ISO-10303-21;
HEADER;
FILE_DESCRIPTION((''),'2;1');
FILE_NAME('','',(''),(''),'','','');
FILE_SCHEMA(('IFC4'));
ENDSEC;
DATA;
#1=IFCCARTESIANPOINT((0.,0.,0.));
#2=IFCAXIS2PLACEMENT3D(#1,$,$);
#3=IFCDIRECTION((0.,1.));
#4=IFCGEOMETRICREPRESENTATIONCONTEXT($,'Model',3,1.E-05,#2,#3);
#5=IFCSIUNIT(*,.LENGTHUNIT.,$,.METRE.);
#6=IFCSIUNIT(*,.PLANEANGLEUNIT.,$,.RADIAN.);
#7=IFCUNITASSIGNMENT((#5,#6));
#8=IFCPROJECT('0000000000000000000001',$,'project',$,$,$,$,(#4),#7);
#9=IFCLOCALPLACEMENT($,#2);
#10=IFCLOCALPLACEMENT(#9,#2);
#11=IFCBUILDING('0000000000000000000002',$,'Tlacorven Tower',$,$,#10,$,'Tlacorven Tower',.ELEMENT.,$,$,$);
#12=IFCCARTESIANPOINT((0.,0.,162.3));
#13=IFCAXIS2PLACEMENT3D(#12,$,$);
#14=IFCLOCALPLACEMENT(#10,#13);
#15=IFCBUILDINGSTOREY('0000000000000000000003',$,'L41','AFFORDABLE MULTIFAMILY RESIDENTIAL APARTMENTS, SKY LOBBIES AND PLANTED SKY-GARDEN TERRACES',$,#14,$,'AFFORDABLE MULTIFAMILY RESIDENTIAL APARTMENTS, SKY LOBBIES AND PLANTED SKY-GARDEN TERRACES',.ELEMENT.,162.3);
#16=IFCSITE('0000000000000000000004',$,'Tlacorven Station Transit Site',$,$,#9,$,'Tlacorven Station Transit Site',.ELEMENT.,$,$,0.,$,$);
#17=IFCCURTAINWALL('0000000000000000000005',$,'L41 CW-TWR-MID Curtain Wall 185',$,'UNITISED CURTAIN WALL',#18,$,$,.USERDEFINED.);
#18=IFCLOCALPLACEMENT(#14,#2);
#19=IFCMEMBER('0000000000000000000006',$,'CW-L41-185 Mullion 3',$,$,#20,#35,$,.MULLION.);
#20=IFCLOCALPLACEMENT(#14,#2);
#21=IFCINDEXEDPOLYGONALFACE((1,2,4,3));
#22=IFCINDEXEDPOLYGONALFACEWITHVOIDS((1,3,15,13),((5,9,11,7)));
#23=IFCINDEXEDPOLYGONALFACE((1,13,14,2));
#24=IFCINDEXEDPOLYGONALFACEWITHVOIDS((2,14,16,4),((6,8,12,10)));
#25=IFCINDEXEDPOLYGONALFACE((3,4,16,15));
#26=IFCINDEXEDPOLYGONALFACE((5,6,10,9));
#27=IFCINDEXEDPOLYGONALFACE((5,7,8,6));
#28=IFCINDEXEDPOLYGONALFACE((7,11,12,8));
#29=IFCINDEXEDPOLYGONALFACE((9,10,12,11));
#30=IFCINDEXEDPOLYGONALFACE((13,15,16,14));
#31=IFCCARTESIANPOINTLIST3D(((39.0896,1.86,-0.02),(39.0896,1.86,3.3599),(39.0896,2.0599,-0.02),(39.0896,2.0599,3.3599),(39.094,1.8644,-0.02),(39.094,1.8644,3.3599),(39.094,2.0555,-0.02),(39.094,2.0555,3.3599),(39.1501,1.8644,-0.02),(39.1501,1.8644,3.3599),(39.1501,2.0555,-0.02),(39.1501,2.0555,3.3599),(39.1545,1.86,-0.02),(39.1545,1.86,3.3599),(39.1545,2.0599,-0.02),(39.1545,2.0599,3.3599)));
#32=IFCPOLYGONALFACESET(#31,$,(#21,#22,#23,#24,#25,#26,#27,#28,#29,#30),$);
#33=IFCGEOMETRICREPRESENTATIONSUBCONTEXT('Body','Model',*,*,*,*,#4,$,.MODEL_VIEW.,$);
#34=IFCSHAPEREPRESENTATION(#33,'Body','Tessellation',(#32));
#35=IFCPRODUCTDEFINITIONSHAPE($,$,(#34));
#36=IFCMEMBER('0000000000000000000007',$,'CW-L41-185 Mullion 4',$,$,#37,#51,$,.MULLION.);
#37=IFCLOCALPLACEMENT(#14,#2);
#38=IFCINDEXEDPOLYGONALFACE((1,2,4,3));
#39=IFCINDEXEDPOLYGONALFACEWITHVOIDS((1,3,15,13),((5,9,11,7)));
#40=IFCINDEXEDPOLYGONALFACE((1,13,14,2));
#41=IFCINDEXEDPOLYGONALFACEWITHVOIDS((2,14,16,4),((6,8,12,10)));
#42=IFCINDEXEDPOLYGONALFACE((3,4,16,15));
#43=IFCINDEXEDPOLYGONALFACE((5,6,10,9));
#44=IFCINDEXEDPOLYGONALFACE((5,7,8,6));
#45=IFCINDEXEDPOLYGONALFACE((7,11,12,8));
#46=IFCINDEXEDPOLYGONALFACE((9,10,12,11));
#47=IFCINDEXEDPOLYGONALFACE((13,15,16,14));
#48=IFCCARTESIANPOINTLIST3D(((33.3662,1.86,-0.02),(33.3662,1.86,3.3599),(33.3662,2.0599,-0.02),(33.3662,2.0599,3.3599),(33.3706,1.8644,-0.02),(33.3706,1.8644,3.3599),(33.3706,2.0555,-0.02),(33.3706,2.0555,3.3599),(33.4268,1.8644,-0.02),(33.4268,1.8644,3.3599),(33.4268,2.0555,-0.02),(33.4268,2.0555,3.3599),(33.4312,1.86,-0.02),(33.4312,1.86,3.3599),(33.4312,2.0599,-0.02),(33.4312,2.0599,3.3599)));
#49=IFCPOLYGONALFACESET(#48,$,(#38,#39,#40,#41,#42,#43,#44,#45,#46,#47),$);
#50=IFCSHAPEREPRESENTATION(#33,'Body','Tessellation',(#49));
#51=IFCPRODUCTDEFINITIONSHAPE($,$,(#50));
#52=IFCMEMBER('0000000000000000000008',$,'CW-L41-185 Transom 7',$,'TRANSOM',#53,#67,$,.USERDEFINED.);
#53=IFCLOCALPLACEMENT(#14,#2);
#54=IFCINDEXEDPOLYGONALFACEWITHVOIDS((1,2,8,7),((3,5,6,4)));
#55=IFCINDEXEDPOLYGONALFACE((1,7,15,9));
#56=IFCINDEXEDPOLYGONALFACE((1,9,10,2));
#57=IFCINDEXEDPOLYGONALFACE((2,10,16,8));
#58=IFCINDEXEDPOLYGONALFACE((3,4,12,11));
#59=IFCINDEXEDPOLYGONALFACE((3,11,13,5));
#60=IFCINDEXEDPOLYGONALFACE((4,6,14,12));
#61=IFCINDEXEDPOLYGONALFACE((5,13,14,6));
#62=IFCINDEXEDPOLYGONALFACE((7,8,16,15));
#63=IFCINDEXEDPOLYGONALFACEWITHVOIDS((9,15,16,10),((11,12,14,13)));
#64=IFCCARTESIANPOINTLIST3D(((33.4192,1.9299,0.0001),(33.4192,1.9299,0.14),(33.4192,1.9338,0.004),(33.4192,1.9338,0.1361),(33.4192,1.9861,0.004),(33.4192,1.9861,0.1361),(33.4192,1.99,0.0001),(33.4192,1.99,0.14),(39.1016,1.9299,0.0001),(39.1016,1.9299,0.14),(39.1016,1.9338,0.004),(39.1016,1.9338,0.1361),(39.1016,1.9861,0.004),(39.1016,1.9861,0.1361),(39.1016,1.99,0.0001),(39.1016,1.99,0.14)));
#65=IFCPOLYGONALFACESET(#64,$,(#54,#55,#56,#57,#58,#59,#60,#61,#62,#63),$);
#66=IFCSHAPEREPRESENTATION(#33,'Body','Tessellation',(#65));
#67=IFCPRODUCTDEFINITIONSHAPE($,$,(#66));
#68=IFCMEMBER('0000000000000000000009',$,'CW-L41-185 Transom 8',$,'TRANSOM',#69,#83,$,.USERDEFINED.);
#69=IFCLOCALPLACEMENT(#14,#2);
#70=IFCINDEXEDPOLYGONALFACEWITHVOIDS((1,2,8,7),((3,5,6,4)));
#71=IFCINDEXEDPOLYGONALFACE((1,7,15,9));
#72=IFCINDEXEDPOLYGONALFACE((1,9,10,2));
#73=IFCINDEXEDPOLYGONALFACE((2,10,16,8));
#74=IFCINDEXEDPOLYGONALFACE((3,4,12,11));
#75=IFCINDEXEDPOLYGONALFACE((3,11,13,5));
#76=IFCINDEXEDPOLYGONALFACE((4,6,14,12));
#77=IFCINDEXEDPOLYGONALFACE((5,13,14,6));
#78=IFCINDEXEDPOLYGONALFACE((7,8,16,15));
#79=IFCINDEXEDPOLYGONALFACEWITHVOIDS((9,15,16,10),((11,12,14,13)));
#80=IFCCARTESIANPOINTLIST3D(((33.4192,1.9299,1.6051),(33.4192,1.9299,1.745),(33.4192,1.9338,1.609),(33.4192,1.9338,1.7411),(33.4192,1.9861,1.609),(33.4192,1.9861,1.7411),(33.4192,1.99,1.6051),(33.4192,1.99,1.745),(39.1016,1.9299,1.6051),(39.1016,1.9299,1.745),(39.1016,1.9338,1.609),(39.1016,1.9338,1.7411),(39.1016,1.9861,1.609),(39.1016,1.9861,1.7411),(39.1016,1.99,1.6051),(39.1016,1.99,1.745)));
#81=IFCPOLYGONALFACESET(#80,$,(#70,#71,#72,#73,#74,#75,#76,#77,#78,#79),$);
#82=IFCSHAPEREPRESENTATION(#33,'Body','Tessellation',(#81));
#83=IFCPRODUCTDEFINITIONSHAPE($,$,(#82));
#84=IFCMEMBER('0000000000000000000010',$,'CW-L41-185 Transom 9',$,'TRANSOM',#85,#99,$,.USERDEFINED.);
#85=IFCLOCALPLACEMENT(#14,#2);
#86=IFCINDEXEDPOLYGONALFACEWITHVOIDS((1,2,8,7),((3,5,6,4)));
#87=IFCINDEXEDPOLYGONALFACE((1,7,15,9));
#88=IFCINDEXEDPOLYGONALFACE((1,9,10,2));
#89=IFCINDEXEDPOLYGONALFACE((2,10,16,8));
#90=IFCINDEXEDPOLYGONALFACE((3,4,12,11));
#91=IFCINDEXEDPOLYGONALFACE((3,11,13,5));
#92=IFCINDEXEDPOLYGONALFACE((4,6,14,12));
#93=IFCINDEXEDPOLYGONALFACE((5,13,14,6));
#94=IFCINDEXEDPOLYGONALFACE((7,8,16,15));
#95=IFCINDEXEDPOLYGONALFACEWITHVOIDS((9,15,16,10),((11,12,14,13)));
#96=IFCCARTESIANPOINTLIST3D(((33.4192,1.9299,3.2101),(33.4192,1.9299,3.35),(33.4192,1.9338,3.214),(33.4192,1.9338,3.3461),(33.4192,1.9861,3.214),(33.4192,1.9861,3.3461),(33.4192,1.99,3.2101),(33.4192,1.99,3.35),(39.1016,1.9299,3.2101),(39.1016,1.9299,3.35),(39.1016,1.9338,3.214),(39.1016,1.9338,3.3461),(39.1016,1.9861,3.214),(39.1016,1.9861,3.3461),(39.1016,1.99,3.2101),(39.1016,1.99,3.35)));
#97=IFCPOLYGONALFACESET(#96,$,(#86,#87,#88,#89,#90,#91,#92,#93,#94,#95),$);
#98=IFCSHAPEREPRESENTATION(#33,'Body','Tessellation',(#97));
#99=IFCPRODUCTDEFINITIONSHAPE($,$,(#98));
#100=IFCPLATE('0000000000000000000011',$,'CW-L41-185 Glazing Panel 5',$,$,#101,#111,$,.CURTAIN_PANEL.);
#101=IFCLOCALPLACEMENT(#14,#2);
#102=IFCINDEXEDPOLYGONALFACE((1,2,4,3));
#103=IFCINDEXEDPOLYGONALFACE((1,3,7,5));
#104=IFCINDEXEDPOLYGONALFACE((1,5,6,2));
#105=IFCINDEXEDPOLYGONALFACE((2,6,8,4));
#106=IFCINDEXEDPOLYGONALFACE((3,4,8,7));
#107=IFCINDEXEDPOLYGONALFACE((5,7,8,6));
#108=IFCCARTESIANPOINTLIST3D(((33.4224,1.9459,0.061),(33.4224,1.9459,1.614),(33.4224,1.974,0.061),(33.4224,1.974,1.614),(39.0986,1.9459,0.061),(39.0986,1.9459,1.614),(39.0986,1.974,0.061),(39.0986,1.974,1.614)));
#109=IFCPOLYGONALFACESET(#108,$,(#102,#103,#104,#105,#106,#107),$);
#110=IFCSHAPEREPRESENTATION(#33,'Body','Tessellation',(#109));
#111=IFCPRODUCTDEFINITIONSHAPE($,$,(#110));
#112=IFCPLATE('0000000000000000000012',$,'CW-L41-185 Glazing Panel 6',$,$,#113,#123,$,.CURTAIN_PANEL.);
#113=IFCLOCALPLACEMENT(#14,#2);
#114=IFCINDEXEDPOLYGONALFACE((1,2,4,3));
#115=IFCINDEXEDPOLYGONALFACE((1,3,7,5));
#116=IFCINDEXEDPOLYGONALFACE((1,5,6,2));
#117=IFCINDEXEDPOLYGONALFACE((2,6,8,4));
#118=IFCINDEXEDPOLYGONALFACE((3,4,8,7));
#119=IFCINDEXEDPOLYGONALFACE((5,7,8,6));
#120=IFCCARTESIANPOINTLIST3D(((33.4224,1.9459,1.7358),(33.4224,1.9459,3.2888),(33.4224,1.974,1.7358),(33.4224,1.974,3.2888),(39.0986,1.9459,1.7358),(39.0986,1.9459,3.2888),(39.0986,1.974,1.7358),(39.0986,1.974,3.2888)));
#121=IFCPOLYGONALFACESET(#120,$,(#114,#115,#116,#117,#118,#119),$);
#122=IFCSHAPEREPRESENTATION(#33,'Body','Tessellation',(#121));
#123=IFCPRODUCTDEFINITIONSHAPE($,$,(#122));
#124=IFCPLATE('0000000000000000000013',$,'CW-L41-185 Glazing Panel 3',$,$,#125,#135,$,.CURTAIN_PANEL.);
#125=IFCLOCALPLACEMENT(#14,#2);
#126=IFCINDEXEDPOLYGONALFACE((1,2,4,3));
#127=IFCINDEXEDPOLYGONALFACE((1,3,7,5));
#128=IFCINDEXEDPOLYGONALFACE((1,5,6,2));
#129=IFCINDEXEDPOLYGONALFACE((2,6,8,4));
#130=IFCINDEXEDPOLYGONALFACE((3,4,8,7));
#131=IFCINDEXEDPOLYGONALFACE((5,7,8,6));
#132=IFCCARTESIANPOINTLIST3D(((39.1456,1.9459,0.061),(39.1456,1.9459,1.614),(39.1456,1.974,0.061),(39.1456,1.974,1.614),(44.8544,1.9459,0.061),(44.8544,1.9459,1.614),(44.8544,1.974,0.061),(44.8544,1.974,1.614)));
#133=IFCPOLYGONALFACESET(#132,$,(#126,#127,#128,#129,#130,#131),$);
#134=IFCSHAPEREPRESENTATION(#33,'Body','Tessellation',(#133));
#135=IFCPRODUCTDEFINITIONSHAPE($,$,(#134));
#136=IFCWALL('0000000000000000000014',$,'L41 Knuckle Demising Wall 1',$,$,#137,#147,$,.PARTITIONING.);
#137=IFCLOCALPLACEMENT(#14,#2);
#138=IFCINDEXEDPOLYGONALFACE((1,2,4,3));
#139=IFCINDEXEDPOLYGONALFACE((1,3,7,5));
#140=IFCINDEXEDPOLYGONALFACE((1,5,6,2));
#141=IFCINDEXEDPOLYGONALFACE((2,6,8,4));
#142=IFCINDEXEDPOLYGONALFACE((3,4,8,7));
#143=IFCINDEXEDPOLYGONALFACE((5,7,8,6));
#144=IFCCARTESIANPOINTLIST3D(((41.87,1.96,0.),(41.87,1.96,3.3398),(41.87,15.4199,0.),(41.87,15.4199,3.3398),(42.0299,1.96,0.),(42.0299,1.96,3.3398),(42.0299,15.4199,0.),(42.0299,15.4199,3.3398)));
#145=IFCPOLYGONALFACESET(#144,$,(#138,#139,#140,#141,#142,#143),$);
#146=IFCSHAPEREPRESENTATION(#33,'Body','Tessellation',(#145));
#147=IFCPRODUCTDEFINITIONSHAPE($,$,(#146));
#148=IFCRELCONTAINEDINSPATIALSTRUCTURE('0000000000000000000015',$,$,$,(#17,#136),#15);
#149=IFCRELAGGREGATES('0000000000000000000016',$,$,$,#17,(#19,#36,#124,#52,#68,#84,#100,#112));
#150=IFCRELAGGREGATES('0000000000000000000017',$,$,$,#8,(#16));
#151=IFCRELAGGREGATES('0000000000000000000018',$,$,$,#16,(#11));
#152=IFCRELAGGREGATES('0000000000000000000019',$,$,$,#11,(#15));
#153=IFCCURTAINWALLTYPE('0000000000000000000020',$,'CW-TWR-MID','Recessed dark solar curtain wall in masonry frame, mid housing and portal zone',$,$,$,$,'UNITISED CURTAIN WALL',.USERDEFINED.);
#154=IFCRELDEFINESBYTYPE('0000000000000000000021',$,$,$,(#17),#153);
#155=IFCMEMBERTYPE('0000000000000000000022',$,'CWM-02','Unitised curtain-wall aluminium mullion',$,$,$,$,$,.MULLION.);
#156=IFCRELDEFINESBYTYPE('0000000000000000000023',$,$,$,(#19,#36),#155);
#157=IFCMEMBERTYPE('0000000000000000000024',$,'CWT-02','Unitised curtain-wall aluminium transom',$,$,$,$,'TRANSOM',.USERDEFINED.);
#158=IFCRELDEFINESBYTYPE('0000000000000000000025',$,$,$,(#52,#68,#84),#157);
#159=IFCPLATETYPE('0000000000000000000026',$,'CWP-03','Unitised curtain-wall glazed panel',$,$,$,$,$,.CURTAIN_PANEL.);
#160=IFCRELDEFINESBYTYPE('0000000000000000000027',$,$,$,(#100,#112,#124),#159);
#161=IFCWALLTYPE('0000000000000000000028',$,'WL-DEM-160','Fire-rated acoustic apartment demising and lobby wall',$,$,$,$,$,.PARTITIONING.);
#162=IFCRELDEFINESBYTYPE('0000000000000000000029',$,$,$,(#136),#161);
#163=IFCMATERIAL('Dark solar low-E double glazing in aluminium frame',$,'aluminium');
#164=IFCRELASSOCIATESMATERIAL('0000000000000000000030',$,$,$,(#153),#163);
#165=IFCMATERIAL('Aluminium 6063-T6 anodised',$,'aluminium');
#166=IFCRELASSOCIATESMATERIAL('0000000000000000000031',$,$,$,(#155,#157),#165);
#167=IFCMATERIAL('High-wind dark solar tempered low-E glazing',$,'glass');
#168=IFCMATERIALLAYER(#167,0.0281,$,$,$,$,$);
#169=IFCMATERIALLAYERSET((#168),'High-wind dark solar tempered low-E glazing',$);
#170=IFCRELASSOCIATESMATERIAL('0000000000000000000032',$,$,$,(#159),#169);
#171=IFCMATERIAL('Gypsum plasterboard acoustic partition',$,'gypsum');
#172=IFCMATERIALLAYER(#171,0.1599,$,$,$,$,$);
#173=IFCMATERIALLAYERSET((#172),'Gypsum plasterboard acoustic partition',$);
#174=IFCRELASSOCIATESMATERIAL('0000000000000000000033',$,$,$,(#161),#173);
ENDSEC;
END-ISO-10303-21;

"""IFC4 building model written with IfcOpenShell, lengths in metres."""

from ifc_helpers import new_model, si_unit, direction, frame, frame_2d, origin, origin_2d, place, context, subcontext, project, spatial, rectangle, hollow_rectangle, extrude, source, transform, mapped, material, layer, layer_set, material_profile, profile_set, type_object, element, aggregate, save


model = new_model("IFC4")

# Units and contexts
model_context = context("Model", 3, precision=1e-05, world=origin(), true_north=direction((0.0, 1.0)))
body_context = subcontext(model_context, "Body", "Model", "MODEL_VIEW")
ifc_project = project(units=[si_unit("LENGTHUNIT", "METRE"), si_unit("PLANEANGLEUNIT", "RADIAN")], contexts=[model_context])

# Site, building, storey
site_placement = place(None, origin())
site = spatial("IfcSite", under=ifc_project, at=site_placement, Name="Tlacorven Station Transit Site", LongName="Tlacorven Station Transit Site", CompositionType="ELEMENT", RefElevation=0.0)
building_placement = place(site_placement, origin())
building = spatial("IfcBuilding", under=site, at=building_placement, Name="Tlacorven Tower", LongName="Tlacorven Tower", CompositionType="ELEMENT")
storey_placement = place(building_placement, frame((0.0, 0.0, 162.3)))
storey = spatial("IfcBuildingStorey", under=building, at=storey_placement, Name="L41", Description="AFFORDABLE MULTIFAMILY RESIDENTIAL APARTMENTS, SKY LOBBIES AND PLANTED SKY-GARDEN TERRACES", LongName="AFFORDABLE MULTIFAMILY RESIDENTIAL APARTMENTS, SKY LOBBIES AND PLANTED SKY-GARDEN TERRACES", CompositionType="ELEMENT", Elevation=162.3)

# Curtain wall, members, plates
ifc_material_1 = material(Name="Dark solar low-E double glazing in aluminium frame", Category="aluminium")
curtain_wall_type = type_object("IfcCurtainWallType", Name="CW-TWR-MID", Description="Recessed dark solar curtain wall in masonry frame, mid housing and portal zone", ElementType="UNITISED CURTAIN WALL", PredefinedType="USERDEFINED", material=ifc_material_1)
curtain_wall_placement = place(storey_placement, origin())
curtain_wall = element("IfcCurtainWall", 1, at=curtain_wall_placement, inside=storey, type_object=curtain_wall_type, Name="L41 CW-TWR-MID Curtain Wall 185", ObjectType="UNITISED CURTAIN WALL", PredefinedType="USERDEFINED")
ifc_material_2 = material(Name="Aluminium 6063-T6 anodised", Category="aluminium")
ifc_material_profile_1 = material_profile(ifc_material_2, hollow_rectangle(XDim=0.0649, YDim=0.2, WallThickness=0.0044, at=origin_2d()), Name="ALU MULLION 65X200")
ifc_profile_set_1 = profile_set([ifc_material_profile_1], Name="Aluminium 6063-T6 anodised")
member_type_1 = type_object("IfcMemberType", Name="CWM-02", Description="Unitised curtain-wall aluminium mullion", PredefinedType="MULLION", material=ifc_profile_set_1)
shared_shape_1 = source(origin(), body_context, "Body", "SweptSolid", [
    extrude(hollow_rectangle(XDim=0.0649, YDim=0.2, WallThickness=0.0044, at=origin_2d()), origin(), (0.0, 0.0, 1.0), 3.3799),
])
member_1_placement = place(storey_placement, frame((39.1221, 1.96, -0.02), z_axis=(0.0, 0.0, 1.0), x_axis=(-1.0, 0.0, 0.0)))
member_1 = element("IfcMember", 2, at=member_1_placement, type_object=member_type_1, Name="CW-L41-185 Mullion 3", PredefinedType="MULLION", context=body_context, shape_type="MappedRepresentation", body=[
    mapped(shared_shape_1, transform((0.0, 0.0, 0.0), scale=1.0)),
])
member_2_placement = place(storey_placement, frame((33.3987, 1.96, -0.02), z_axis=(0.0, 0.0, 1.0), x_axis=(-1.0, 0.0, 0.0)))
member_2 = element("IfcMember", 3, at=member_2_placement, type_object=member_type_1, Name="CW-L41-185 Mullion 4", PredefinedType="MULLION", context=body_context, shape_type="MappedRepresentation", body=[
    mapped(shared_shape_1, transform((0.0, 0.0, 0.0), scale=1.0)),
])
ifc_material_profile_2 = material_profile(ifc_material_2, hollow_rectangle(XDim=0.0601, YDim=0.1399, WallThickness=0.0039, at=origin_2d()), Name="ALU TRANSOM 60X140")
ifc_profile_set_2 = profile_set([ifc_material_profile_2], Name="Aluminium 6063-T6 anodised")
member_type_2 = type_object("IfcMemberType", Name="CWT-02", Description="Unitised curtain-wall aluminium transom", ElementType="TRANSOM", PredefinedType="USERDEFINED", material=ifc_profile_set_2)
shared_shape_2 = source(origin(), body_context, "Body", "SweptSolid", [
    extrude(hollow_rectangle(XDim=0.0601, YDim=0.1399, WallThickness=0.0039, at=origin_2d()), origin(), (0.0, 0.0, 1.0), 5.6824),
])
member_3_placement = place(storey_placement, frame((39.1016, 1.96, 0.0701), z_axis=(-1.0, 0.0, 0.0), x_axis=(0.0, -1.0, 0.0)))
member_3 = element("IfcMember", 4, at=member_3_placement, type_object=member_type_2, Name="CW-L41-185 Transom 7", ObjectType="TRANSOM", PredefinedType="USERDEFINED", context=body_context, shape_type="MappedRepresentation", body=[
    mapped(shared_shape_2, transform((0.0, 0.0, 0.0), scale=1.0)),
])
member_4_placement = place(storey_placement, frame((39.1016, 1.96, 1.675), z_axis=(-1.0, 0.0, 0.0), x_axis=(0.0, -1.0, 0.0)))
member_4 = element("IfcMember", 5, at=member_4_placement, type_object=member_type_2, Name="CW-L41-185 Transom 8", ObjectType="TRANSOM", PredefinedType="USERDEFINED", context=body_context, shape_type="MappedRepresentation", body=[
    mapped(shared_shape_2, transform((0.0, 0.0, 0.0), scale=1.0)),
])
member_5_placement = place(storey_placement, frame((39.1016, 1.96, 3.28), z_axis=(-1.0, 0.0, 0.0), x_axis=(0.0, -1.0, 0.0)))
member_5 = element("IfcMember", 6, at=member_5_placement, type_object=member_type_2, Name="CW-L41-185 Transom 9", ObjectType="TRANSOM", PredefinedType="USERDEFINED", context=body_context, shape_type="MappedRepresentation", body=[
    mapped(shared_shape_2, transform((0.0, 0.0, 0.0), scale=1.0)),
])
ifc_material_3 = material(Name="High-wind dark solar tempered low-E glazing", Category="glass")
ifc_layer_1 = layer(ifc_material_3, 0.0281)
ifc_layer_set_1 = layer_set([ifc_layer_1], Name="High-wind dark solar tempered low-E glazing")
plate_type = type_object("IfcPlateType", Name="CWP-03", Description="Unitised curtain-wall glazed panel", PredefinedType="CURTAIN_PANEL", material=ifc_layer_set_1)
shared_shape_3 = source(origin(), body_context, "Body", "SweptSolid", [
    extrude(rectangle(XDim=5.6763, YDim=0.0281, at=origin_2d()), origin(), (0.0, 0.0, 1.0), 1.553),
])
plate_1_placement = place(storey_placement, frame((36.2605, 1.96, 0.061), z_axis=(0.0, 0.0, 1.0), x_axis=(-1.0, 0.0, 0.0)))
plate_1 = element("IfcPlate", 7, at=plate_1_placement, type_object=plate_type, Name="CW-L41-185 Glazing Panel 5", PredefinedType="CURTAIN_PANEL", context=body_context, shape_type="MappedRepresentation", body=[
    mapped(shared_shape_3, transform((0.0, 0.0, 0.0), scale=1.0)),
])
plate_2_placement = place(storey_placement, frame((36.2605, 1.96, 1.7358), z_axis=(0.0, 0.0, 1.0), x_axis=(-1.0, 0.0, 0.0)))
plate_2 = element("IfcPlate", 8, at=plate_2_placement, type_object=plate_type, Name="CW-L41-185 Glazing Panel 6", PredefinedType="CURTAIN_PANEL", context=body_context, shape_type="MappedRepresentation", body=[
    mapped(shared_shape_3, transform((0.0, 0.0, 0.0), scale=1.0)),
])
shared_shape_4 = source(origin(), body_context, "Body", "SweptSolid", [
    extrude(rectangle(XDim=5.7087, YDim=0.0281, at=origin_2d()), origin(), (0.0, 0.0, 1.0), 1.553),
])
plate_3_placement = place(storey_placement, frame((42.0, 1.96, 0.061), z_axis=(0.0, 0.0, 1.0), x_axis=(-1.0, 0.0, 0.0)))
plate_3 = element("IfcPlate", 9, at=plate_3_placement, type_object=plate_type, Name="CW-L41-185 Glazing Panel 3", PredefinedType="CURTAIN_PANEL", context=body_context, shape_type="MappedRepresentation", body=[
    mapped(shared_shape_4, transform((0.0, 0.0, 0.0), scale=1.0)),
])
aggregate(curtain_wall, [member_1, member_2, plate_3, member_3, member_4, member_5, plate_1, plate_2])

# Wall
ifc_material_4 = material(Name="Gypsum plasterboard acoustic partition", Category="gypsum")
ifc_layer_2 = layer(ifc_material_4, 0.1599)
ifc_layer_set_2 = layer_set([ifc_layer_2], Name="Gypsum plasterboard acoustic partition")
wall_type_1 = type_object("IfcWallType", Name="WL-DEM-160", Description="Fire-rated acoustic apartment demising and lobby wall", PredefinedType="PARTITIONING", material=ifc_layer_set_2)
wall_1_placement = place(storey_placement, frame((41.95, 1.96, 0.0), z_axis=(0.0, 0.0, 1.0), x_axis=(0.0, 1.0, 0.0)))
element("IfcWall", 10, at=wall_1_placement, inside=storey, type_object=wall_type_1, Name="L41 Knuckle Demising Wall 1", PredefinedType="PARTITIONING", context=body_context, shape_type="SweptSolid", body=[
    extrude(rectangle(XDim=13.46, YDim=0.1599, at=frame_2d((6.73, 0.0))), origin(), (0.0, 0.0, 1.0), 3.3398),
])

save(model, "model.ifc")
